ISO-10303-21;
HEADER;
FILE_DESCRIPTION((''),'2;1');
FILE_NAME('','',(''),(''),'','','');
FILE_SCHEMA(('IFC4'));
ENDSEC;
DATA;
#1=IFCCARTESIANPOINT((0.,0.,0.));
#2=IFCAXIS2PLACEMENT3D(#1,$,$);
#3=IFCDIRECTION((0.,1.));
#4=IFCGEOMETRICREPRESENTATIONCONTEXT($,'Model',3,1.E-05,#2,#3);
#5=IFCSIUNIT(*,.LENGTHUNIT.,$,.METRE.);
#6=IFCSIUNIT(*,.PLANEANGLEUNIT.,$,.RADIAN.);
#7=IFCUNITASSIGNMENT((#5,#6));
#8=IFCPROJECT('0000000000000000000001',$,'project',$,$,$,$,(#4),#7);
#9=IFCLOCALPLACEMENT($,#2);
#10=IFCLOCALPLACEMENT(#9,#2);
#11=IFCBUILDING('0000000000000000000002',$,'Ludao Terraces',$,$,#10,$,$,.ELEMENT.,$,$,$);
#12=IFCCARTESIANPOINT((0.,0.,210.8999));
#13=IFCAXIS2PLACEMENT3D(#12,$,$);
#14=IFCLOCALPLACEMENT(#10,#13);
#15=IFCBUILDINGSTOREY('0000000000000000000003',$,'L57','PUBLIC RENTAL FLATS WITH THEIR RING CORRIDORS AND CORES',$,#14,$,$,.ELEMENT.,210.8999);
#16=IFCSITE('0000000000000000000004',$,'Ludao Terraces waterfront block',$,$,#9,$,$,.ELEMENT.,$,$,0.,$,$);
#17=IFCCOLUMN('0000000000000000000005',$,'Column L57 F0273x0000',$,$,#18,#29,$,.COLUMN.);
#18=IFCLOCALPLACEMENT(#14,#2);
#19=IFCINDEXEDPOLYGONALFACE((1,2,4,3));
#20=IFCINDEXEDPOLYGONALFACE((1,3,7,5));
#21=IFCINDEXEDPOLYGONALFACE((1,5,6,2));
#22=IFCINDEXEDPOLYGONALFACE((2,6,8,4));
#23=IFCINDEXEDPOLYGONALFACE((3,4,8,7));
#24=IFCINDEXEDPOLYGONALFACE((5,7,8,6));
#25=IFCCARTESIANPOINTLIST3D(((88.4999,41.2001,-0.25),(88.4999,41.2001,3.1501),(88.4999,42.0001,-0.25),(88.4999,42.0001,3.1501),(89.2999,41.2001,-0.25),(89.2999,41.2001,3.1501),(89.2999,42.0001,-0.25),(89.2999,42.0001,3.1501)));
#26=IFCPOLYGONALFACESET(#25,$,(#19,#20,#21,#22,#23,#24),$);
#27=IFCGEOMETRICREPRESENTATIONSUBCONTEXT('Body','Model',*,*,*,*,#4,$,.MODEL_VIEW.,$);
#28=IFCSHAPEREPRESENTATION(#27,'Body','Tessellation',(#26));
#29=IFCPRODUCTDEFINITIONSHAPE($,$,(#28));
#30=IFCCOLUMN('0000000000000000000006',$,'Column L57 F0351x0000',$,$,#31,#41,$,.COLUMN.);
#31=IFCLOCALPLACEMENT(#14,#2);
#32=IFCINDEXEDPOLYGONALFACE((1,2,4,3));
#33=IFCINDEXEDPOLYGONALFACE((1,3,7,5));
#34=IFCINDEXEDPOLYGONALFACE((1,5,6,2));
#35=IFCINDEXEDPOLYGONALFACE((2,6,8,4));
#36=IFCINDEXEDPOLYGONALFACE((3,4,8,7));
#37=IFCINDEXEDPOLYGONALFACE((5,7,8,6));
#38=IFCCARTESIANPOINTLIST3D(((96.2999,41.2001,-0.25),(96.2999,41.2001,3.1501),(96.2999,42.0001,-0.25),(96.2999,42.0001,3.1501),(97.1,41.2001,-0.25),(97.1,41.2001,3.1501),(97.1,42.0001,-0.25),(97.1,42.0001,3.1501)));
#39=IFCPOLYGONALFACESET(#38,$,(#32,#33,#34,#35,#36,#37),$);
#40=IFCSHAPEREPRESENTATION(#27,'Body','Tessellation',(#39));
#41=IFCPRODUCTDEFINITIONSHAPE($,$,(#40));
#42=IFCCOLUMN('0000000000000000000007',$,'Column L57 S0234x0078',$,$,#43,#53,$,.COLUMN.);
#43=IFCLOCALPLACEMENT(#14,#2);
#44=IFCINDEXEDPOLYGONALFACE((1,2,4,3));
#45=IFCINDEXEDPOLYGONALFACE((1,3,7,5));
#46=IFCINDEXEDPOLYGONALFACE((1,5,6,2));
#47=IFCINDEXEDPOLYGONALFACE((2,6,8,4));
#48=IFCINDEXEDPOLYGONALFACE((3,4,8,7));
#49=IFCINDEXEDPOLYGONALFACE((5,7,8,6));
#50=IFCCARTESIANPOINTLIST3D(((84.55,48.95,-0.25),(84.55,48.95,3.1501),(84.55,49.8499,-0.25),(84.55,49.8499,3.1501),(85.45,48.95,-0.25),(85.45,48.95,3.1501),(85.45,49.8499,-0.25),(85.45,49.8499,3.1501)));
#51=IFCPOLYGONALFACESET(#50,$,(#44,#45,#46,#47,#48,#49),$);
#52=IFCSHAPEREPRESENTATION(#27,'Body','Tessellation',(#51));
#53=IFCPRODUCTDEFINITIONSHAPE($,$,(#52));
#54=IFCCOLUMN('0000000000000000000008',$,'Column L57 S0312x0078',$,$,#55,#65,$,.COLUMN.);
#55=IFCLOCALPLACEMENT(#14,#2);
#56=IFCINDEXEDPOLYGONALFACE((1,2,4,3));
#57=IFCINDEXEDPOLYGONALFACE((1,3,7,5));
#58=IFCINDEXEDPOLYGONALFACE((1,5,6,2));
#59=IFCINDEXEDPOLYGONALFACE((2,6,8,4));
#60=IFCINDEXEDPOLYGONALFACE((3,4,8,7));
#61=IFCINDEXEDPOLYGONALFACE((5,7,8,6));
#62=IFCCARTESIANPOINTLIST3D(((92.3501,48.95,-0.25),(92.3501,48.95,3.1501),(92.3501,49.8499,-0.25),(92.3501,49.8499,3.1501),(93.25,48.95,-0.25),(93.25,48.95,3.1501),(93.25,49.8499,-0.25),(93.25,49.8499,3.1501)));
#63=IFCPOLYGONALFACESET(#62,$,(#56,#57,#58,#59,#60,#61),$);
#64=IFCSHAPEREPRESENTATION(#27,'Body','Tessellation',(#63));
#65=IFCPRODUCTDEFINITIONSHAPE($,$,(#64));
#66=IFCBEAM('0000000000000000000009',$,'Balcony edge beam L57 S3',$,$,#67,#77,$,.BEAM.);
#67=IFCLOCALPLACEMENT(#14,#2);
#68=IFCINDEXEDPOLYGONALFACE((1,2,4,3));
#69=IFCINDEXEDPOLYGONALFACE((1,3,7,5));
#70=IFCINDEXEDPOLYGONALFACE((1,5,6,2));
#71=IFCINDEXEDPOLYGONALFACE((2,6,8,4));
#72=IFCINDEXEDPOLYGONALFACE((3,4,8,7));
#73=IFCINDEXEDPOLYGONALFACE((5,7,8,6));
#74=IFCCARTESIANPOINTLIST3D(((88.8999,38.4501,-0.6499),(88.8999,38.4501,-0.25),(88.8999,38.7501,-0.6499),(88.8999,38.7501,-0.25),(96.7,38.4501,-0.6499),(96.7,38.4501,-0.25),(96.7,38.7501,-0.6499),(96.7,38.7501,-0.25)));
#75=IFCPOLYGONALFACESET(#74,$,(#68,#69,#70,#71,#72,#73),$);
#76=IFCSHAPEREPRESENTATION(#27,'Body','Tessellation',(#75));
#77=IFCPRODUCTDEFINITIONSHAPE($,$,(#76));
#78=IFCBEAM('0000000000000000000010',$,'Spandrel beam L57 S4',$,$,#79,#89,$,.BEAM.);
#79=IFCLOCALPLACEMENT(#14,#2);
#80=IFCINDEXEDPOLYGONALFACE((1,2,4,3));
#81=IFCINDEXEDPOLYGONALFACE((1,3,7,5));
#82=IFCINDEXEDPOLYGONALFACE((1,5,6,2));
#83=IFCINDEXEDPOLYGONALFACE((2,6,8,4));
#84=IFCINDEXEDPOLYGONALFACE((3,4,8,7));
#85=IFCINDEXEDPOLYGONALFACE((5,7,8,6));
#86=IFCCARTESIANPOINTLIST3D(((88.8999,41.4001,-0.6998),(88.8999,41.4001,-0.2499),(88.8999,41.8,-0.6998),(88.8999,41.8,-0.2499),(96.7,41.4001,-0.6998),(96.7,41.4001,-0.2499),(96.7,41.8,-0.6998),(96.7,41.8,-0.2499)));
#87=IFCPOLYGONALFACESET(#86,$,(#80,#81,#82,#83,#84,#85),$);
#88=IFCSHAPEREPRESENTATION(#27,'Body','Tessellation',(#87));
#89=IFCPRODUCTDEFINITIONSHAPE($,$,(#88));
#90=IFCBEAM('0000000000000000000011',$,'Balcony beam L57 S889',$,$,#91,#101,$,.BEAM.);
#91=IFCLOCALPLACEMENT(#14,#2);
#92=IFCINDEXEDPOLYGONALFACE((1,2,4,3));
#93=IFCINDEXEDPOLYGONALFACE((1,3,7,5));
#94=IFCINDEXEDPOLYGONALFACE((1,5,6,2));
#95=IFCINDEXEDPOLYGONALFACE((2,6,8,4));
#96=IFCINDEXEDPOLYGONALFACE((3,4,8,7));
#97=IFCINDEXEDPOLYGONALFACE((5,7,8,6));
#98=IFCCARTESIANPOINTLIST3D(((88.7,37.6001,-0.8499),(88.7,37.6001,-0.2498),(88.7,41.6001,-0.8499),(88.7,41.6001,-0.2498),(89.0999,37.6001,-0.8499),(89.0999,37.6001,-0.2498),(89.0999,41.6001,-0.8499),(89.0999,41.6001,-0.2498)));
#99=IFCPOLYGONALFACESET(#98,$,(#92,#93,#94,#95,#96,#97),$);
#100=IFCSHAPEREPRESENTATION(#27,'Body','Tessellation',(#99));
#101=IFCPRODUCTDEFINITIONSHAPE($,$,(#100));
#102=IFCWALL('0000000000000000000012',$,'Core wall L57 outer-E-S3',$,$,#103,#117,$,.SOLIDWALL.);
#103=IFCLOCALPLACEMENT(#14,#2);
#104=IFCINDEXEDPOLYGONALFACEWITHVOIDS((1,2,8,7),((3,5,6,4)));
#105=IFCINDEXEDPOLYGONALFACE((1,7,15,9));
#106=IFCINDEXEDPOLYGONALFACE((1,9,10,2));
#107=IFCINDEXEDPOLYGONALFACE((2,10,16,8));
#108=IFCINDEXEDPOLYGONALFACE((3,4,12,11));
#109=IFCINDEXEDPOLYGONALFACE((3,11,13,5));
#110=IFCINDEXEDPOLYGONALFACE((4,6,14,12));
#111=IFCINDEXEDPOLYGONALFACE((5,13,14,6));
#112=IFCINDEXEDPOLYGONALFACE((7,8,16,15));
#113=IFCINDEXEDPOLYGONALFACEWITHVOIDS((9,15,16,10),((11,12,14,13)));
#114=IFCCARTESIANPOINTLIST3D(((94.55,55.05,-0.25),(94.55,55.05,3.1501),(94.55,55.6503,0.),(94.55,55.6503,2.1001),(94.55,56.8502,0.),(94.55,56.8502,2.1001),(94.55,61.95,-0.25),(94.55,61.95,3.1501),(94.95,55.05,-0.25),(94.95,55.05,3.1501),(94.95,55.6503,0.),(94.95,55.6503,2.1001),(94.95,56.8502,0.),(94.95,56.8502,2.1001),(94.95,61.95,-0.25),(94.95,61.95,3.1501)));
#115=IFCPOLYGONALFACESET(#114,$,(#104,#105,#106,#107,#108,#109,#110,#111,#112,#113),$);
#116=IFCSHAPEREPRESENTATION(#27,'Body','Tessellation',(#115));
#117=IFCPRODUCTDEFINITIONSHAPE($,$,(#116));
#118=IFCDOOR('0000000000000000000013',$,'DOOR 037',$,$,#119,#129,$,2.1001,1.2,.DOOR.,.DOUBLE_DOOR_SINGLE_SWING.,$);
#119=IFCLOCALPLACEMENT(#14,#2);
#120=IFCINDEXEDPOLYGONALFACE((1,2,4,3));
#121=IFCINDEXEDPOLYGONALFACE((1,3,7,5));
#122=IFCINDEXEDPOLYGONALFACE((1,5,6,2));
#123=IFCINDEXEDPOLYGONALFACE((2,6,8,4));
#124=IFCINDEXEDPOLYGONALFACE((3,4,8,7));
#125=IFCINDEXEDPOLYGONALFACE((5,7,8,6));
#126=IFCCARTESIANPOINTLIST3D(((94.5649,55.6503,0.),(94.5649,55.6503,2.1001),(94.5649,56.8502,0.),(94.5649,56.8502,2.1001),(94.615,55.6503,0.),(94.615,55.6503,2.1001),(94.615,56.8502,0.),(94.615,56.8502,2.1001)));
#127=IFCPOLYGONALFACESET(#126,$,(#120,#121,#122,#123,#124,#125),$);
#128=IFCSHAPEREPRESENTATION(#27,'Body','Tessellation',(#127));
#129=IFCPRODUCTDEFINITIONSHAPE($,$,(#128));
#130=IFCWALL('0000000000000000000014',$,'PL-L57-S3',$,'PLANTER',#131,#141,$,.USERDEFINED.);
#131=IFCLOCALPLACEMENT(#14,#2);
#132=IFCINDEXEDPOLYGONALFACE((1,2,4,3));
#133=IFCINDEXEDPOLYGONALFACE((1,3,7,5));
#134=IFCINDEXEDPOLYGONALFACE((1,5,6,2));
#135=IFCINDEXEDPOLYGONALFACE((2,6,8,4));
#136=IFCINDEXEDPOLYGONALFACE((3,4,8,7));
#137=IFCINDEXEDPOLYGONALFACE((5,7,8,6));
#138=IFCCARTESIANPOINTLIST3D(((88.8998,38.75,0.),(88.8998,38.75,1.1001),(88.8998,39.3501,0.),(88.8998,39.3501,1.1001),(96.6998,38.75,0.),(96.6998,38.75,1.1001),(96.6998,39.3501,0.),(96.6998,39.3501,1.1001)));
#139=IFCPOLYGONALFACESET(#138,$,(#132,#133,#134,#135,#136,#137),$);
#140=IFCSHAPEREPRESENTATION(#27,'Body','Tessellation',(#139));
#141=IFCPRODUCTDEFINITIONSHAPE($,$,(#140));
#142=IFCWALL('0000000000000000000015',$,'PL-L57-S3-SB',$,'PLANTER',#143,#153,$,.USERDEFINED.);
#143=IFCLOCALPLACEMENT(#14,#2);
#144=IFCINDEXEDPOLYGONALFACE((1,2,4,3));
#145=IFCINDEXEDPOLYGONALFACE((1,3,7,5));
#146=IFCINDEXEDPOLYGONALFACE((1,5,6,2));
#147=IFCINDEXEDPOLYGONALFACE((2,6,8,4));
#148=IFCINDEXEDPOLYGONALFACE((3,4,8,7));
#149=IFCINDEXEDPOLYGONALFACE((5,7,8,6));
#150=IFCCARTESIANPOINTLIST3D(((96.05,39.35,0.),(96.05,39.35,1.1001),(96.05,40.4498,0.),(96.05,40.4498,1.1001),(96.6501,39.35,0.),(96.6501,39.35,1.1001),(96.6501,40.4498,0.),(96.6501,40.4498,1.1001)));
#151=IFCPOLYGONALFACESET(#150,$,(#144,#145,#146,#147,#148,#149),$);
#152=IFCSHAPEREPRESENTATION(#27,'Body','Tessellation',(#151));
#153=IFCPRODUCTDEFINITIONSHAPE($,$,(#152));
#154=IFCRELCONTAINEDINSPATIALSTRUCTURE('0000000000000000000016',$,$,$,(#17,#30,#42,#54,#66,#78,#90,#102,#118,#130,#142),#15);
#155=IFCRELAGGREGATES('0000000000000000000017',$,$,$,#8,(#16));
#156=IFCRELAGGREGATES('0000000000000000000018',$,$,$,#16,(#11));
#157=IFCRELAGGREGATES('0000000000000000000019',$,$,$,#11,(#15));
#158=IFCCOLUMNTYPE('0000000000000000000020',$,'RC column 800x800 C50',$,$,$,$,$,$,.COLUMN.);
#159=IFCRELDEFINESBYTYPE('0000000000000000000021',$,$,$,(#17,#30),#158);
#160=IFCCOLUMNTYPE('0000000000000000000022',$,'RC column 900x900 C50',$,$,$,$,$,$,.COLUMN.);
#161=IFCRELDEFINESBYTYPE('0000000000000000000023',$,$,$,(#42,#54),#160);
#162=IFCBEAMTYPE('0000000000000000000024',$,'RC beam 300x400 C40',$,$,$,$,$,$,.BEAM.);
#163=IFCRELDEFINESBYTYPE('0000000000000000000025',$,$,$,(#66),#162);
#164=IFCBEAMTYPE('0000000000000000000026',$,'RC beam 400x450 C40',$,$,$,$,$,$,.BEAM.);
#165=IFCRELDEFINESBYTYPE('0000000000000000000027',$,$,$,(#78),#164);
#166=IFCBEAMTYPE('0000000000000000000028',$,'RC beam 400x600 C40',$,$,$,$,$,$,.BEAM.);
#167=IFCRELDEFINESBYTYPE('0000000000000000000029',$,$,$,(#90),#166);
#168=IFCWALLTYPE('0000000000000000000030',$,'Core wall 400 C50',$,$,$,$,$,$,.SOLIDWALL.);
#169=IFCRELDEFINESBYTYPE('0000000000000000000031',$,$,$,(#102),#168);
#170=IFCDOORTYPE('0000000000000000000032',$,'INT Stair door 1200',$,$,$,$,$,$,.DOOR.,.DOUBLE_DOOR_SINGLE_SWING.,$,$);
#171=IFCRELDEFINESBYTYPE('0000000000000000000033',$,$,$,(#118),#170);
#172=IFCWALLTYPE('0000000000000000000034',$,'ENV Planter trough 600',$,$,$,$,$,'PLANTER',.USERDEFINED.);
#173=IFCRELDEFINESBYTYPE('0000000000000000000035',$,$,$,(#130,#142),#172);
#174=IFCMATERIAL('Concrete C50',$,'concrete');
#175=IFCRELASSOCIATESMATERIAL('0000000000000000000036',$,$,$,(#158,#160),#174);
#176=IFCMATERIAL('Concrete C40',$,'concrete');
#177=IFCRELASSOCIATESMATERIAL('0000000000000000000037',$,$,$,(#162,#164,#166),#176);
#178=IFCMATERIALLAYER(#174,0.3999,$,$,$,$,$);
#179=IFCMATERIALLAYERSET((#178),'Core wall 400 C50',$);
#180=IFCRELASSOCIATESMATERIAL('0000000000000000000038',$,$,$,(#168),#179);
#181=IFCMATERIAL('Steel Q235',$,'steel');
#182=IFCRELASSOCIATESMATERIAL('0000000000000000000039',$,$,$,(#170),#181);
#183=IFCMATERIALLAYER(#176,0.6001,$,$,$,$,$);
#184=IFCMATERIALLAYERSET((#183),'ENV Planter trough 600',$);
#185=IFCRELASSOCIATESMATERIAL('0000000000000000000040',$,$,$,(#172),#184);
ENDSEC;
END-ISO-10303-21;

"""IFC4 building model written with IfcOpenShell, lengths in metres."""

from ifc_helpers import new_model, si_unit, direction, frame, frame_2d, origin, origin_2d, place, context, subcontext, project, spatial, rectangle, extrude, material, layer, layer_set, material_profile, profile_set, type_object, element, fill, save


model = new_model("IFC4")

# Units and contexts
model_context = context("Model", 3, precision=1e-05, world=origin(), true_north=direction((0.0, 1.0)))
body_context = subcontext(model_context, "Body", "Model", "MODEL_VIEW")
ifc_project = project(units=[si_unit("LENGTHUNIT", "METRE"), si_unit("PLANEANGLEUNIT", "RADIAN")], contexts=[model_context])

# Site, building, storey
site_placement = place(None, origin())
site = spatial("IfcSite", under=ifc_project, at=site_placement, Name="Ludao Terraces waterfront block", CompositionType="ELEMENT", RefElevation=0.0)
building_placement = place(site_placement, origin())
building = spatial("IfcBuilding", under=site, at=building_placement, Name="Ludao Terraces", CompositionType="ELEMENT")
storey_placement = place(building_placement, frame((0.0, 0.0, 210.8999)))
storey = spatial("IfcBuildingStorey", under=building, at=storey_placement, Name="L57", Description="PUBLIC RENTAL FLATS WITH THEIR RING CORRIDORS AND CORES", CompositionType="ELEMENT", Elevation=210.8999)

# Columns
ifc_material_1 = material(Name="Concrete C50", Category="concrete")
ifc_material_profile_1 = material_profile(ifc_material_1, rectangle(XDim=0.8, YDim=0.8, at=origin_2d()), Name="800 X 800")
ifc_profile_set_1 = profile_set([ifc_material_profile_1], Name="Concrete C50")
column_type_1 = type_object("IfcColumnType", Name="RC column 800x800 C50", PredefinedType="COLUMN", material=ifc_profile_set_1)
for number, where, z_axis, x_axis, name in (
    (1, (88.8999, 41.6001, -0.25), (0.0, 0.0, 1.0), (1.0, 0.0, 0.0), "Column L57 F0273x0000"),
    (2, (96.7, 41.6001, -0.25), (0.0, 0.0, 1.0), (1.0, 0.0, 0.0), "Column L57 F0351x0000"),
):
    element("IfcColumn", number, at=place(storey_placement, frame(where, z_axis=z_axis, x_axis=x_axis)), inside=storey, type_object=column_type_1, Name=name, PredefinedType="COLUMN", context=body_context, shape_type="SweptSolid", body=[
        extrude(rectangle(XDim=0.8, YDim=0.8, at=origin_2d()), origin(), (0.0, 0.0, 1.0), 3.4001),
    ])
ifc_material_profile_2 = material_profile(ifc_material_1, rectangle(XDim=0.8999, YDim=0.8999, at=origin_2d()), Name="900 X 900")
ifc_profile_set_2 = profile_set([ifc_material_profile_2], Name="Concrete C50")
column_type_2 = type_object("IfcColumnType", Name="RC column 900x900 C50", PredefinedType="COLUMN", material=ifc_profile_set_2)
for number, where, z_axis, x_axis, name in (
    (3, (85.0, 49.3999, -0.25), (0.0, 0.0, 1.0), (1.0, 0.0, 0.0), "Column L57 S0234x0078"),
    (4, (92.8, 49.3999, -0.25), (0.0, 0.0, 1.0), (1.0, 0.0, 0.0), "Column L57 S0312x0078"),
):
    element("IfcColumn", number, at=place(storey_placement, frame(where, z_axis=z_axis, x_axis=x_axis)), inside=storey, type_object=column_type_2, Name=name, PredefinedType="COLUMN", context=body_context, shape_type="SweptSolid", body=[
        extrude(rectangle(XDim=0.8999, YDim=0.8999, at=origin_2d()), origin(), (0.0, 0.0, 1.0), 3.4001),
    ])

# Beams
ifc_material_2 = material(Name="Concrete C40", Category="concrete")
ifc_material_profile_3 = material_profile(ifc_material_2, rectangle(XDim=0.3, YDim=0.3999, at=origin_2d()), Name="300 X 400")
ifc_profile_set_3 = profile_set([ifc_material_profile_3], Name="Concrete C40")
beam_type_1 = type_object("IfcBeamType", Name="RC beam 300x400 C40", PredefinedType="BEAM", material=ifc_profile_set_3)
beam_1_placement = place(storey_placement, frame((88.8999, 38.6001, -0.45), z_axis=(1.0, 0.0, 0.0), x_axis=(0.0, 1.0, 0.0)))
element("IfcBeam", 5, at=beam_1_placement, inside=storey, type_object=beam_type_1, Name="Balcony edge beam L57 S3", PredefinedType="BEAM", context=body_context, shape_type="SweptSolid", body=[
    extrude(rectangle(XDim=0.3, YDim=0.3999, at=origin_2d()), origin(), (0.0, 0.0, 1.0), 7.8),
])
ifc_material_profile_4 = material_profile(ifc_material_2, rectangle(XDim=0.3999, YDim=0.45, at=origin_2d()), Name="400 X 450")
ifc_profile_set_4 = profile_set([ifc_material_profile_4], Name="Concrete C40")
beam_type_2 = type_object("IfcBeamType", Name="RC beam 400x450 C40", PredefinedType="BEAM", material=ifc_profile_set_4)
beam_2_placement = place(storey_placement, frame((88.8999, 41.6001, -0.4749), z_axis=(1.0, 0.0, 0.0), x_axis=(0.0, 1.0, 0.0)))
element("IfcBeam", 6, at=beam_2_placement, inside=storey, type_object=beam_type_2, Name="Spandrel beam L57 S4", PredefinedType="BEAM", context=body_context, shape_type="SweptSolid", body=[
    extrude(rectangle(XDim=0.3999, YDim=0.45, at=origin_2d()), origin(), (0.0, 0.0, 1.0), 7.8),
])
ifc_material_profile_5 = material_profile(ifc_material_2, rectangle(XDim=0.3999, YDim=0.6001, at=origin_2d()), Name="400 X 600")
ifc_profile_set_5 = profile_set([ifc_material_profile_5], Name="Concrete C40")
beam_type_3 = type_object("IfcBeamType", Name="RC beam 400x600 C40", PredefinedType="BEAM", material=ifc_profile_set_5)
beam_3_placement = place(storey_placement, frame((88.8999, 41.6001, -0.5498), z_axis=(0.0, -1.0, 0.0), x_axis=(1.0, 0.0, 0.0)))
element("IfcBeam", 7, at=beam_3_placement, inside=storey, type_object=beam_type_3, Name="Balcony beam L57 S889", PredefinedType="BEAM", context=body_context, shape_type="SweptSolid", body=[
    extrude(rectangle(XDim=0.3999, YDim=0.6001, at=origin_2d()), origin(), (0.0, 0.0, 1.0), 4.0),
])

# Wall, opening, door
ifc_layer_1 = layer(ifc_material_1, 0.3999)
ifc_layer_set_1 = layer_set([ifc_layer_1], Name="Core wall 400 C50")
wall_type_1 = type_object("IfcWallType", Name="Core wall 400 C50", PredefinedType="SOLIDWALL", material=ifc_layer_set_1)
wall_1_placement = place(storey_placement, frame((94.75, 55.05, -0.25), z_axis=(0.0, 0.0, 1.0), x_axis=(0.0, 1.0, 0.0)))
wall_1 = element("IfcWall", 8, at=wall_1_placement, inside=storey, type_object=wall_type_1, Name="Core wall L57 outer-E-S3", PredefinedType="SOLIDWALL", context=body_context, shape_type="SweptSolid", body=[
    extrude(rectangle(XDim=6.8999, YDim=0.3999, at=frame_2d((3.45, 0.0))), origin(), (0.0, 0.0, 1.0), 3.4001),
])
opening_1_placement = place(wall_1_placement, frame((0.6001, 0.0, 0.25)))
opening_1 = element("IfcOpeningElement", 9, at=opening_1_placement, cuts=wall_1, PredefinedType="OPENING", context=body_context, shape_type="SweptSolid", body=[
    extrude(rectangle(XDim=1.2, YDim=2.1001, at=frame_2d((0.6001, 1.05))), frame((0.0, 0.21, 0.0), z_axis=(0.0, -1.0, 0.0), x_axis=(1.0, 0.0, 0.0)), (0.0, 0.0, 1.0), 0.4199),
])
ifc_material_3 = material(Name="Steel Q235", Category="steel")
door_type_1 = type_object("IfcDoorType", Name="INT Stair door 1200", OperationType="DOUBLE_DOOR_SINGLE_SWING", PredefinedType="DOOR", material=ifc_material_3)
door_1_placement = place(opening_1_placement, origin())
door_1 = element("IfcDoor", 10, at=door_1_placement, inside=storey, type_object=door_type_1, Name="DOOR 037", OperationType="DOUBLE_DOOR_SINGLE_SWING", OverallHeight=2.1001, OverallWidth=1.2, PredefinedType="DOOR", context=body_context, shape_type="SweptSolid", body=[
    extrude(rectangle(XDim=1.2, YDim=2.1001, at=frame_2d((0.6001, 1.05))), frame((0.0, 0.1851, 0.0), z_axis=(0.0, -1.0, 0.0), x_axis=(1.0, 0.0, 0.0)), (0.0, 0.0, 1.0), 0.05),
])
fill(opening_1, door_1)

# Walls
ifc_layer_2 = layer(ifc_material_2, 0.6001)
ifc_layer_set_2 = layer_set([ifc_layer_2], Name="ENV Planter trough 600")
wall_type_2 = type_object("IfcWallType", Name="ENV Planter trough 600", ElementType="PLANTER", PredefinedType="USERDEFINED", material=ifc_layer_set_2)
wall_2_placement = place(storey_placement, frame((88.8999, 39.05, 0.0), z_axis=(0.0, 0.0, 1.0), x_axis=(1.0, 0.0, 0.0)))
element("IfcWall", 11, at=wall_2_placement, inside=storey, type_object=wall_type_2, Name="PL-L57-S3", ObjectType="PLANTER", PredefinedType="USERDEFINED", context=body_context, shape_type="SweptSolid", body=[
    extrude(rectangle(XDim=7.8, YDim=0.6001, at=frame_2d((3.8999, 0.0))), origin(), (0.0, 0.0, 1.0), 1.1001),
])
wall_3_placement = place(storey_placement, frame((96.3501, 39.3501, 0.0), z_axis=(0.0, 0.0, 1.0), x_axis=(0.0, 1.0, 0.0)))
element("IfcWall", 12, at=wall_3_placement, inside=storey, type_object=wall_type_2, Name="PL-L57-S3-SB", ObjectType="PLANTER", PredefinedType="USERDEFINED", context=body_context, shape_type="SweptSolid", body=[
    extrude(rectangle(XDim=1.0999, YDim=0.6001, at=frame_2d((0.5498, 0.0))), origin(), (0.0, 0.0, 1.0), 1.1001),
])

save(model, "model.ifc")
